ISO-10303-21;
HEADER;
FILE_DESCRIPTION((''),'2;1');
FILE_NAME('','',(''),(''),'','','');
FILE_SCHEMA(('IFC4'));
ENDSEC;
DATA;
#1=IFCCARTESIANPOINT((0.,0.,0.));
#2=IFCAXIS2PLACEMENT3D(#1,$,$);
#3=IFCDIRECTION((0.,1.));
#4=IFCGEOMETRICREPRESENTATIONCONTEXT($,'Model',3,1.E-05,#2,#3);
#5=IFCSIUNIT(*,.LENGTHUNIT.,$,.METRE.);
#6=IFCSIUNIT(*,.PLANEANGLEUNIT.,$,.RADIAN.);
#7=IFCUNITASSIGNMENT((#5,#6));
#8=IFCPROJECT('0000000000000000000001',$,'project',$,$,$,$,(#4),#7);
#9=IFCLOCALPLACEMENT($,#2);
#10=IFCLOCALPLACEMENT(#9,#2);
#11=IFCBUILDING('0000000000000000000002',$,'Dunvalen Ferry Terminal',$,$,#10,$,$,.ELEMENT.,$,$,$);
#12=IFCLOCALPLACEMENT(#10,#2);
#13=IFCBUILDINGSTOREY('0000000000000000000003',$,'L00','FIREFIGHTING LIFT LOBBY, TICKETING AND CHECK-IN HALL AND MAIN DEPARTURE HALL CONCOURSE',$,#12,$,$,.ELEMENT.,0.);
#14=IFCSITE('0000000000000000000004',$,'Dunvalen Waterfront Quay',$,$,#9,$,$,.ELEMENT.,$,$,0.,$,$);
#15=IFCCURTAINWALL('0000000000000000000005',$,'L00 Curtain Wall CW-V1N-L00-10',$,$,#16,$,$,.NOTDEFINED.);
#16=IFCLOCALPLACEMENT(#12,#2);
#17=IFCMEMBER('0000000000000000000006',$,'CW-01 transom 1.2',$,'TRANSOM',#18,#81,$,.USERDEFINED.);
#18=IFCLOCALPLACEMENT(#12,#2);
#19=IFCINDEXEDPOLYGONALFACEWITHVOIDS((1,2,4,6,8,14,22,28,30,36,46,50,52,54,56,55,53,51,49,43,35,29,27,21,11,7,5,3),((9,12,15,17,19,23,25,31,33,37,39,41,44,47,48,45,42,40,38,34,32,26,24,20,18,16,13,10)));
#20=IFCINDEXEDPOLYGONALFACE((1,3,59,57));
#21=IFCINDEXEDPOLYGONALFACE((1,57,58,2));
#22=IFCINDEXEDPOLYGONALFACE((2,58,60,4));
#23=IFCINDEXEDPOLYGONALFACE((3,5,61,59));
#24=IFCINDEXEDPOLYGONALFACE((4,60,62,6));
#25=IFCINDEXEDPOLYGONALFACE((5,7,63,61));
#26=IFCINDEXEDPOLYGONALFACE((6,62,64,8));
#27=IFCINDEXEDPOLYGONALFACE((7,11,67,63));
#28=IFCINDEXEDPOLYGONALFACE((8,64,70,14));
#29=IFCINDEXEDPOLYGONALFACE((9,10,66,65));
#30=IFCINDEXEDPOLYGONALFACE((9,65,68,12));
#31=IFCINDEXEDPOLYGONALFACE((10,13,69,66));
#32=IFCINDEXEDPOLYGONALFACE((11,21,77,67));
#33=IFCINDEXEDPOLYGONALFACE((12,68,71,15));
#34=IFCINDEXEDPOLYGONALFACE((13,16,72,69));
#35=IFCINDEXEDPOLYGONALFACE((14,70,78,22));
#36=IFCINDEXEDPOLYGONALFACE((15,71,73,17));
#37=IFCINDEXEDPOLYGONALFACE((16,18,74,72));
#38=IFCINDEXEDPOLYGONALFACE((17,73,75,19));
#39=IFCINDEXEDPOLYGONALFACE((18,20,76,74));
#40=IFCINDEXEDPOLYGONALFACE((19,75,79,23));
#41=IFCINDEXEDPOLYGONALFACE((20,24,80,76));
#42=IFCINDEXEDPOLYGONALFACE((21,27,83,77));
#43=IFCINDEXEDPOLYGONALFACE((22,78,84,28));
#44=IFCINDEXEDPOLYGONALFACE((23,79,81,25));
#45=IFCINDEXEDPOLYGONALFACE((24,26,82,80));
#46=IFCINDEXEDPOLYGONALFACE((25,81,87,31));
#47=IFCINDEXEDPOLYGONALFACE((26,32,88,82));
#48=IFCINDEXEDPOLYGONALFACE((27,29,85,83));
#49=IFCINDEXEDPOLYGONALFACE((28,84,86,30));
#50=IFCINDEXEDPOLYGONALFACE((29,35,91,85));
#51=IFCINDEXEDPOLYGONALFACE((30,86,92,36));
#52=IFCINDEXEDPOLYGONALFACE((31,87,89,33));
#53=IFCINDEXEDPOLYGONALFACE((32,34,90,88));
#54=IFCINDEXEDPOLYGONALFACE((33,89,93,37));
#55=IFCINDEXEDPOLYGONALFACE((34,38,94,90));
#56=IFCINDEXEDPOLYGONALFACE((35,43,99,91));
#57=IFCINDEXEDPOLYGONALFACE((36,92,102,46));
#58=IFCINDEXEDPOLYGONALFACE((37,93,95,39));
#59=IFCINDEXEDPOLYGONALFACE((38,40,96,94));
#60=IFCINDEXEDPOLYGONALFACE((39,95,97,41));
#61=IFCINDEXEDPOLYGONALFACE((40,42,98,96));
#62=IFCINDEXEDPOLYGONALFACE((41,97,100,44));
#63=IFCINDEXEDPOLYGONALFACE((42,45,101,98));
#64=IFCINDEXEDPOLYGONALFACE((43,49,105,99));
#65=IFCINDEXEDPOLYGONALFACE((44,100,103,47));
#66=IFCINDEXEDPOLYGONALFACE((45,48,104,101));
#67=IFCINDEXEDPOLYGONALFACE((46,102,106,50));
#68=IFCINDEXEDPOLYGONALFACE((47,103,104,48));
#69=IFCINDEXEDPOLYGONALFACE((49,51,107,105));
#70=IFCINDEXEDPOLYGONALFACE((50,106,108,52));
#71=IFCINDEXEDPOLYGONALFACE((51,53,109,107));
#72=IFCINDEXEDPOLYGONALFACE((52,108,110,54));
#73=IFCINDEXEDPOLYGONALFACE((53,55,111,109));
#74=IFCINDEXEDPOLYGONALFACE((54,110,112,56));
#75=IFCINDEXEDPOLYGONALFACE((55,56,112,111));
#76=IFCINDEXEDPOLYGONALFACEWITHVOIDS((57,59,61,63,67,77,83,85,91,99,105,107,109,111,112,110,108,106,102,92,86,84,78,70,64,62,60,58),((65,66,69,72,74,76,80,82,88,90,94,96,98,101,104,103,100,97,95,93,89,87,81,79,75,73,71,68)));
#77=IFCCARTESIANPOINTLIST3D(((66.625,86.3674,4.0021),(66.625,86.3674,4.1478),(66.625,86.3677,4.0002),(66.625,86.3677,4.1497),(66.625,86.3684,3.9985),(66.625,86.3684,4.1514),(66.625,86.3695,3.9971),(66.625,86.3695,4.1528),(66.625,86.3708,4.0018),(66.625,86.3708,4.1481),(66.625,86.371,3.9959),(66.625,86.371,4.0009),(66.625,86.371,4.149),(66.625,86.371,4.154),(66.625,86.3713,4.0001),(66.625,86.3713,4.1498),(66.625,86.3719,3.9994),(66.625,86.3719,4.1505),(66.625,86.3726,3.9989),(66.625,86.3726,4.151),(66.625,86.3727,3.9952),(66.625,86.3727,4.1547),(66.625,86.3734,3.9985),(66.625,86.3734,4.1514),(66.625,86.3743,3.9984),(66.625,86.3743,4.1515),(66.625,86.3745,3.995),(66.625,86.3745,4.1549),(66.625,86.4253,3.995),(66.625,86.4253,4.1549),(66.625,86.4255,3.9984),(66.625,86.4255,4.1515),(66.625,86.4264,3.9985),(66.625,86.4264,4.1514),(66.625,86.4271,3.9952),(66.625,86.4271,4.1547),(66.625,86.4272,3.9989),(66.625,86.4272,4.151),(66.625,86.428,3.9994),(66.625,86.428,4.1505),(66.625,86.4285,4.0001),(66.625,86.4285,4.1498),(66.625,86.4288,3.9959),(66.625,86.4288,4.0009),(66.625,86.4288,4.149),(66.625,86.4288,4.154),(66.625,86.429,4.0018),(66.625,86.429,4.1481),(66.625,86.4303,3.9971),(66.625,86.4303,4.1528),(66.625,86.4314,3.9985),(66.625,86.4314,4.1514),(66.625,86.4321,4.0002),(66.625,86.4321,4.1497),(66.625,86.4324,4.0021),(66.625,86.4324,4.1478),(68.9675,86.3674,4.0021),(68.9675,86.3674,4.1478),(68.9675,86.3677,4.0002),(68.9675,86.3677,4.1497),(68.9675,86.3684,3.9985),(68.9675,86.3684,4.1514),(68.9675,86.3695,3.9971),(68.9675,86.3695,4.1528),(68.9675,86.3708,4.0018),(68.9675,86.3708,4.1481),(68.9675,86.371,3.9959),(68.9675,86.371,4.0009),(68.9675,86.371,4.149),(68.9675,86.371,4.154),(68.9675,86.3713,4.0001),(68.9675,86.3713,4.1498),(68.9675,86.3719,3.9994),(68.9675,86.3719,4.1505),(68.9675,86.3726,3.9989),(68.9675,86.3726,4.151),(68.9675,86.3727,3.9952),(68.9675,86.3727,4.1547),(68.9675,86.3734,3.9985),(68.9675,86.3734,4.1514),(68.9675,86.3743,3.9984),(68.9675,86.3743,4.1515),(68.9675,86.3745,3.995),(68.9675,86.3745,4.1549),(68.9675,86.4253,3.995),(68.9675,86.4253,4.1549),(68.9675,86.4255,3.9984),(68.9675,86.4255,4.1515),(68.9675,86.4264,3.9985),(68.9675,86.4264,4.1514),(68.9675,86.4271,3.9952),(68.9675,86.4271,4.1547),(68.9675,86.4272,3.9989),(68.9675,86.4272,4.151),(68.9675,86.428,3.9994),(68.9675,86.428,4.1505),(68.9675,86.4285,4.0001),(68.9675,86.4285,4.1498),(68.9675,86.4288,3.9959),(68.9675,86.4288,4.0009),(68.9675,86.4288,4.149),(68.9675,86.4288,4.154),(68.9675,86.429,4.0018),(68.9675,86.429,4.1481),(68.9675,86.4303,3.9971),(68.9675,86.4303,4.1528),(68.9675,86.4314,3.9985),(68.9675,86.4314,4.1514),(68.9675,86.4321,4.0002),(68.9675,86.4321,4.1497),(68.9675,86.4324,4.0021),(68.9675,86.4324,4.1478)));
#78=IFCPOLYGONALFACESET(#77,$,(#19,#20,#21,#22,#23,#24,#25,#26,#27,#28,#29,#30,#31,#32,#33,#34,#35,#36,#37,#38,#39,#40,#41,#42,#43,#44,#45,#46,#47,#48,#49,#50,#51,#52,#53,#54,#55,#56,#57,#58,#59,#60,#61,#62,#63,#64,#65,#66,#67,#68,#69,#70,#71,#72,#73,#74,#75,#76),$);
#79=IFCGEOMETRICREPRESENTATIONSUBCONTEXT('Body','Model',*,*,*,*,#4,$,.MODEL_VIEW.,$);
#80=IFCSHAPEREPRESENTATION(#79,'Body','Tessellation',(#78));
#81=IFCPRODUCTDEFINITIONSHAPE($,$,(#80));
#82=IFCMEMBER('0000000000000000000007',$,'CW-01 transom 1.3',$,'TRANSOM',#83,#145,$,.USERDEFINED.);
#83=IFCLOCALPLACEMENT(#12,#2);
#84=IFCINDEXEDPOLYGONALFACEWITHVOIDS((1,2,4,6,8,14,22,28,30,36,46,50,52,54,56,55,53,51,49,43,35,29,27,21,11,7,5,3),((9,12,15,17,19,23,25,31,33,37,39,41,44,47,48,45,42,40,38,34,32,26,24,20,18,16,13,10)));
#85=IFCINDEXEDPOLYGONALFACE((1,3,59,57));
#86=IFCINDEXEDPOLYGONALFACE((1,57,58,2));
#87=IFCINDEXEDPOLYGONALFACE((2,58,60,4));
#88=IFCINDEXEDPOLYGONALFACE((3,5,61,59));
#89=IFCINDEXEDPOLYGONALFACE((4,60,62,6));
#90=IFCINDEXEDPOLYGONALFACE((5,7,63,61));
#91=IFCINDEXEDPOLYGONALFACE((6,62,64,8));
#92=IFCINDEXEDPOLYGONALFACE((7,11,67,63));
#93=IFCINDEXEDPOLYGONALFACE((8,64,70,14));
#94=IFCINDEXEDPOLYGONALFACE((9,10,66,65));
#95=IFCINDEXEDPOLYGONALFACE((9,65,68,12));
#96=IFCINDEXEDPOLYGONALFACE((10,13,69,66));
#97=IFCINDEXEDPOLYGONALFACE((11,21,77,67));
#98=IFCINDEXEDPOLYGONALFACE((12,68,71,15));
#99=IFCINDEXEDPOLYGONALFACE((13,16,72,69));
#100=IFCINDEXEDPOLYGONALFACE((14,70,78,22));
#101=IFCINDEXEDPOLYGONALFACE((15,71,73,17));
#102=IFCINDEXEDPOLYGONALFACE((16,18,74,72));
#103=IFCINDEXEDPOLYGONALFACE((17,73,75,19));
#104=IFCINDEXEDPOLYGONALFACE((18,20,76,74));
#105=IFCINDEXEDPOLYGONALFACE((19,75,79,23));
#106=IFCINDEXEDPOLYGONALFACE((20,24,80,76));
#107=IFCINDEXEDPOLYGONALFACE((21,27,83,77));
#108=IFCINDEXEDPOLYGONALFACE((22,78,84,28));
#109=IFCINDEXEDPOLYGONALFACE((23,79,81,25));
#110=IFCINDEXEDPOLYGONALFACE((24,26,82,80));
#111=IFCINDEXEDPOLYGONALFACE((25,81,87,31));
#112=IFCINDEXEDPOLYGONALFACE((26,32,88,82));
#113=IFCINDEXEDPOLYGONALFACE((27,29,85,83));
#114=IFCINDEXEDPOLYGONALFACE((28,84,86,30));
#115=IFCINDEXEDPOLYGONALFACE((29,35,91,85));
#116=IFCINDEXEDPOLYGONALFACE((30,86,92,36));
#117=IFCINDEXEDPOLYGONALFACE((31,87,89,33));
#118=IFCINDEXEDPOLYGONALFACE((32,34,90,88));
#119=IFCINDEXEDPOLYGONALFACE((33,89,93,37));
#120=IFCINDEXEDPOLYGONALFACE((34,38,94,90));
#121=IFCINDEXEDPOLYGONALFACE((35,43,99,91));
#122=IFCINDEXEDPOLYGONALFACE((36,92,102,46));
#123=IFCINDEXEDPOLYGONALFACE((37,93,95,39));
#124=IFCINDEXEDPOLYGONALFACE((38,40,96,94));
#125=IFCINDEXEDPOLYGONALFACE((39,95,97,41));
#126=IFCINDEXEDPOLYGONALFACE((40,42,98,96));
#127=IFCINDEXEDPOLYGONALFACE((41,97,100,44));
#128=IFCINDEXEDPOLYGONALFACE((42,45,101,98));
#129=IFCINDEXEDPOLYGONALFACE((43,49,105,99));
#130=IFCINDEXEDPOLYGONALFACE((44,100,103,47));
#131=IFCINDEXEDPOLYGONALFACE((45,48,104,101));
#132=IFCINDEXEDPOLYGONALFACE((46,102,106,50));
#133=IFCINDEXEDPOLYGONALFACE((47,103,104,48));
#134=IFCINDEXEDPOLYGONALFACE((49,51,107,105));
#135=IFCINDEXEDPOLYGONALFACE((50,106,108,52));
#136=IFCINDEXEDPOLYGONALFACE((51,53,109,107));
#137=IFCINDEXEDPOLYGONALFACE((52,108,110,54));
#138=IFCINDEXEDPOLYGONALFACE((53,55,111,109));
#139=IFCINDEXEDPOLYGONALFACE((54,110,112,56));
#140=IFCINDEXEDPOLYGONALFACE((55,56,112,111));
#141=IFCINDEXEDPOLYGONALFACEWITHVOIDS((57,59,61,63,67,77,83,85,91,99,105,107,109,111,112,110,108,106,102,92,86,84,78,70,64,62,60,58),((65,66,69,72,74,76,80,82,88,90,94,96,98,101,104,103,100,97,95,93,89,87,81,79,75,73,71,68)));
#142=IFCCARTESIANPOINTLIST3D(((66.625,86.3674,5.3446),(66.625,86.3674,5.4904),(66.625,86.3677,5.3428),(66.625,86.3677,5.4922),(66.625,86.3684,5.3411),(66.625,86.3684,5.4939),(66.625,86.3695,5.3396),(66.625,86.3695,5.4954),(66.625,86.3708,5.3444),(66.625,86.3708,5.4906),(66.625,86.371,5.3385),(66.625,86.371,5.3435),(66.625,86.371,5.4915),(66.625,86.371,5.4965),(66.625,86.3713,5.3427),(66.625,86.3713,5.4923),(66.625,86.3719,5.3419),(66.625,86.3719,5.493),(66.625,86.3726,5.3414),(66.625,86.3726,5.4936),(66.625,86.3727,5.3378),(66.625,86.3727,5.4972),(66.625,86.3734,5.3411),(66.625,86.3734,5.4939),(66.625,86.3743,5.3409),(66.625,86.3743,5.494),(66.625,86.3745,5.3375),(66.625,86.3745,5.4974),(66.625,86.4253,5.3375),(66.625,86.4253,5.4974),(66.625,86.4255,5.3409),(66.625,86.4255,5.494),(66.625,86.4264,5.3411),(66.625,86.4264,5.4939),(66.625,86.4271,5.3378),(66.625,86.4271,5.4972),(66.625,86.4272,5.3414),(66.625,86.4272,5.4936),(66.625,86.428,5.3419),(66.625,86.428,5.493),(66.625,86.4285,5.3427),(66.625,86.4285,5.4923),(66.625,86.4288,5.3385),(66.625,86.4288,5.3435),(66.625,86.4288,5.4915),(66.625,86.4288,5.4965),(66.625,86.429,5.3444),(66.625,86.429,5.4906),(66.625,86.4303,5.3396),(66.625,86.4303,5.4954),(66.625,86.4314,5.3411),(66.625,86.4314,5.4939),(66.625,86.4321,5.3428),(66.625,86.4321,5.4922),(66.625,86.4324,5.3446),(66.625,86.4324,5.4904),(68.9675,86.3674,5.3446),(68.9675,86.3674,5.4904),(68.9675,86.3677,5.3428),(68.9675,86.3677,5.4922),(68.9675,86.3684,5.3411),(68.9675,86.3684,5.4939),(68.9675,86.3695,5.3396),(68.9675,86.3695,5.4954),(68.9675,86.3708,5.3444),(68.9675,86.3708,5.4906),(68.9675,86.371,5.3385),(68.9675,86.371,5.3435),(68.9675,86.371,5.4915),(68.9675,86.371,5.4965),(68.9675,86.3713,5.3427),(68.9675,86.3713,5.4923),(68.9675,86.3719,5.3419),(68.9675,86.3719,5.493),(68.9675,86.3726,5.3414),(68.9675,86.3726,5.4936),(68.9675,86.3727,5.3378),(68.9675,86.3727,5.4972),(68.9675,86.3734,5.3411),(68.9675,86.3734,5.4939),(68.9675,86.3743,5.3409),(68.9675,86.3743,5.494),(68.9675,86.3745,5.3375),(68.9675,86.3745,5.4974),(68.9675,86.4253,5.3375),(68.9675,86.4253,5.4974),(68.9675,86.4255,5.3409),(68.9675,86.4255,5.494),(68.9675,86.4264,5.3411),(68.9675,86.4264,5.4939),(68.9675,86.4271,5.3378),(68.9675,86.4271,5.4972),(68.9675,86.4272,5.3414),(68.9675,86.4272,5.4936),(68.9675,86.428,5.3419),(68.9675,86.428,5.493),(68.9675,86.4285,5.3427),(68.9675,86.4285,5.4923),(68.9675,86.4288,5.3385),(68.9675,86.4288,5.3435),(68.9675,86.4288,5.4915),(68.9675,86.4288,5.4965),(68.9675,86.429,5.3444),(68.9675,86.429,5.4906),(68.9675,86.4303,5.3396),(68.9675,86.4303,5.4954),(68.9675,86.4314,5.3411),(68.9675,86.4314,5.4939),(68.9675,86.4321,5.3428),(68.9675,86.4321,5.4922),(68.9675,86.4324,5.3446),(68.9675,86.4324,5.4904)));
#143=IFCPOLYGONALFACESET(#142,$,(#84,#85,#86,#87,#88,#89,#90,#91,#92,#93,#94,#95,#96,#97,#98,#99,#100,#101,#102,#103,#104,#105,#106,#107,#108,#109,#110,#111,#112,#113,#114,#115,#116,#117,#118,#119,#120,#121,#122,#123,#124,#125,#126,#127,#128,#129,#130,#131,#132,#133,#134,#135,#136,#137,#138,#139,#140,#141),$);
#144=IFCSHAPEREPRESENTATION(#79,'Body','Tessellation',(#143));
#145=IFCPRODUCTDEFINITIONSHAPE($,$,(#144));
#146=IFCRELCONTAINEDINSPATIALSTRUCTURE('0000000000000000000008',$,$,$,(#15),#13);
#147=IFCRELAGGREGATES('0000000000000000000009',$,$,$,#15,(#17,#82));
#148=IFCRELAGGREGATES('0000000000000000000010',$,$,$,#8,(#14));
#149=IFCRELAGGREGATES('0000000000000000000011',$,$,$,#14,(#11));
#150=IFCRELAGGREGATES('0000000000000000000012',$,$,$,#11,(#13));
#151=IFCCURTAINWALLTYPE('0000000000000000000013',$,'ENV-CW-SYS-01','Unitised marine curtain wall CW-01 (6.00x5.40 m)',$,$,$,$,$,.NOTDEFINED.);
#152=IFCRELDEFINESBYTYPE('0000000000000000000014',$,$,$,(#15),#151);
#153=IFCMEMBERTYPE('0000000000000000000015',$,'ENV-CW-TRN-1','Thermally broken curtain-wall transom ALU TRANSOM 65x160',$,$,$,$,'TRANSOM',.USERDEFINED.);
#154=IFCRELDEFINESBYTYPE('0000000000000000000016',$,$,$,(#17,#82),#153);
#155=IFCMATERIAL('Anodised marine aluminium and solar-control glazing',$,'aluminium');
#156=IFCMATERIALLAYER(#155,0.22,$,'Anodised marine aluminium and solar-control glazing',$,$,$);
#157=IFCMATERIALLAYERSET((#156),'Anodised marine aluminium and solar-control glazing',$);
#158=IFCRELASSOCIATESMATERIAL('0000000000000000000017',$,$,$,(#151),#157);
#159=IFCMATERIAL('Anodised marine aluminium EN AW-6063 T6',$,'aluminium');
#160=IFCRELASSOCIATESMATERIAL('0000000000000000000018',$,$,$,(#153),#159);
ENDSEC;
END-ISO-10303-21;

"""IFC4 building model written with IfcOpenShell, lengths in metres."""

from ifc_helpers import new_model, si_unit, direction, frame, origin, origin_2d, place, context, subcontext, project, spatial, hollow_rectangle, extrude, material, layer, layer_set, material_profile, profile_set, type_object, element, aggregate, save


model = new_model("IFC4")

# Units and contexts
model_context = context("Model", 3, precision=1e-05, world=origin(), true_north=direction((0.0, 1.0)))
body_context = subcontext(model_context, "Body", "Model", "MODEL_VIEW")
ifc_project = project(units=[si_unit("LENGTHUNIT", "METRE"), si_unit("PLANEANGLEUNIT", "RADIAN")], contexts=[model_context])

# Site, building, storey
site_placement = place(None, origin())
site = spatial("IfcSite", under=ifc_project, at=site_placement, Name="Dunvalen Waterfront Quay", CompositionType="ELEMENT", RefElevation=0.0)
building_placement = place(site_placement, origin())
building = spatial("IfcBuilding", under=site, at=building_placement, Name="Dunvalen Ferry Terminal", CompositionType="ELEMENT")
storey_placement = place(building_placement, origin())
storey = spatial("IfcBuildingStorey", under=building, at=storey_placement, Name="L00", Description="FIREFIGHTING LIFT LOBBY, TICKETING AND CHECK-IN HALL AND MAIN DEPARTURE HALL CONCOURSE", CompositionType="ELEMENT", Elevation=0.0)

# Curtain wall
ifc_material_1 = material(Name="Anodised marine aluminium and solar-control glazing", Category="aluminium")
ifc_layer_1 = layer(ifc_material_1, 0.22, Name="Anodised marine aluminium and solar-control glazing")
ifc_layer_set_1 = layer_set([ifc_layer_1], Name="Anodised marine aluminium and solar-control glazing")
curtain_wall_type = type_object("IfcCurtainWallType", Name="ENV-CW-SYS-01", Description="Unitised marine curtain wall CW-01 (6.00x5.40 m)", PredefinedType="NOTDEFINED", material=ifc_layer_set_1)
curtain_wall_1_placement = place(storey_placement, origin())
curtain_wall_1 = element("IfcCurtainWall", 1, at=curtain_wall_1_placement, inside=storey, type_object=curtain_wall_type, Name="L00 Curtain Wall CW-V1N-L00-10", PredefinedType="NOTDEFINED")
ifc_material_2 = material(Name="Anodised marine aluminium EN AW-6063 T6", Category="aluminium")

# Members
ifc_material_profile_1 = material_profile(ifc_material_2, hollow_rectangle(XDim=0.0649, YDim=0.1599, WallThickness=0.0034, InnerFilletRadius=0.0034, OuterFilletRadius=0.0071, at=origin_2d()), Name="Anodised marine aluminium EN AW-6063 T6")
ifc_profile_set_1 = profile_set([ifc_material_profile_1], Name="Anodised marine aluminium EN AW-6063 T6")
member_type_1 = type_object("IfcMemberType", Name="ENV-CW-TRN-1", Description="Thermally broken curtain-wall transom ALU TRANSOM 65x160", ElementType="TRANSOM", PredefinedType="USERDEFINED", material=ifc_profile_set_1)
member_1_placement = place(storey_placement, frame((66.625, 86.3999, 4.075), z_axis=(1.0, 0.0, 0.0), x_axis=(0.0, 1.0, 0.0)))
member_1 = element("IfcMember", 2, at=member_1_placement, type_object=member_type_1, Name="CW-01 transom 1.2", ObjectType="TRANSOM", PredefinedType="USERDEFINED", context=body_context, shape_type="SweptSolid", body=[
    extrude(hollow_rectangle(XDim=0.0649, YDim=0.1599, WallThickness=0.0034, InnerFilletRadius=0.0034, OuterFilletRadius=0.0071, at=origin_2d()), origin(), (0.0, 0.0, 1.0), 2.3425),
])
member_2_placement = place(storey_placement, frame((66.625, 86.3999, 5.4175), z_axis=(1.0, 0.0, 0.0), x_axis=(0.0, 1.0, 0.0)))
member_2 = element("IfcMember", 3, at=member_2_placement, type_object=member_type_1, Name="CW-01 transom 1.3", ObjectType="TRANSOM", PredefinedType="USERDEFINED", context=body_context, shape_type="SweptSolid", body=[
    extrude(hollow_rectangle(XDim=0.0649, YDim=0.1599, WallThickness=0.0034, InnerFilletRadius=0.0034, OuterFilletRadius=0.0071, at=origin_2d()), origin(), (0.0, 0.0, 1.0), 2.3425),
])

aggregate(curtain_wall_1, [member_1, member_2])

save(model, "model.ifc")
